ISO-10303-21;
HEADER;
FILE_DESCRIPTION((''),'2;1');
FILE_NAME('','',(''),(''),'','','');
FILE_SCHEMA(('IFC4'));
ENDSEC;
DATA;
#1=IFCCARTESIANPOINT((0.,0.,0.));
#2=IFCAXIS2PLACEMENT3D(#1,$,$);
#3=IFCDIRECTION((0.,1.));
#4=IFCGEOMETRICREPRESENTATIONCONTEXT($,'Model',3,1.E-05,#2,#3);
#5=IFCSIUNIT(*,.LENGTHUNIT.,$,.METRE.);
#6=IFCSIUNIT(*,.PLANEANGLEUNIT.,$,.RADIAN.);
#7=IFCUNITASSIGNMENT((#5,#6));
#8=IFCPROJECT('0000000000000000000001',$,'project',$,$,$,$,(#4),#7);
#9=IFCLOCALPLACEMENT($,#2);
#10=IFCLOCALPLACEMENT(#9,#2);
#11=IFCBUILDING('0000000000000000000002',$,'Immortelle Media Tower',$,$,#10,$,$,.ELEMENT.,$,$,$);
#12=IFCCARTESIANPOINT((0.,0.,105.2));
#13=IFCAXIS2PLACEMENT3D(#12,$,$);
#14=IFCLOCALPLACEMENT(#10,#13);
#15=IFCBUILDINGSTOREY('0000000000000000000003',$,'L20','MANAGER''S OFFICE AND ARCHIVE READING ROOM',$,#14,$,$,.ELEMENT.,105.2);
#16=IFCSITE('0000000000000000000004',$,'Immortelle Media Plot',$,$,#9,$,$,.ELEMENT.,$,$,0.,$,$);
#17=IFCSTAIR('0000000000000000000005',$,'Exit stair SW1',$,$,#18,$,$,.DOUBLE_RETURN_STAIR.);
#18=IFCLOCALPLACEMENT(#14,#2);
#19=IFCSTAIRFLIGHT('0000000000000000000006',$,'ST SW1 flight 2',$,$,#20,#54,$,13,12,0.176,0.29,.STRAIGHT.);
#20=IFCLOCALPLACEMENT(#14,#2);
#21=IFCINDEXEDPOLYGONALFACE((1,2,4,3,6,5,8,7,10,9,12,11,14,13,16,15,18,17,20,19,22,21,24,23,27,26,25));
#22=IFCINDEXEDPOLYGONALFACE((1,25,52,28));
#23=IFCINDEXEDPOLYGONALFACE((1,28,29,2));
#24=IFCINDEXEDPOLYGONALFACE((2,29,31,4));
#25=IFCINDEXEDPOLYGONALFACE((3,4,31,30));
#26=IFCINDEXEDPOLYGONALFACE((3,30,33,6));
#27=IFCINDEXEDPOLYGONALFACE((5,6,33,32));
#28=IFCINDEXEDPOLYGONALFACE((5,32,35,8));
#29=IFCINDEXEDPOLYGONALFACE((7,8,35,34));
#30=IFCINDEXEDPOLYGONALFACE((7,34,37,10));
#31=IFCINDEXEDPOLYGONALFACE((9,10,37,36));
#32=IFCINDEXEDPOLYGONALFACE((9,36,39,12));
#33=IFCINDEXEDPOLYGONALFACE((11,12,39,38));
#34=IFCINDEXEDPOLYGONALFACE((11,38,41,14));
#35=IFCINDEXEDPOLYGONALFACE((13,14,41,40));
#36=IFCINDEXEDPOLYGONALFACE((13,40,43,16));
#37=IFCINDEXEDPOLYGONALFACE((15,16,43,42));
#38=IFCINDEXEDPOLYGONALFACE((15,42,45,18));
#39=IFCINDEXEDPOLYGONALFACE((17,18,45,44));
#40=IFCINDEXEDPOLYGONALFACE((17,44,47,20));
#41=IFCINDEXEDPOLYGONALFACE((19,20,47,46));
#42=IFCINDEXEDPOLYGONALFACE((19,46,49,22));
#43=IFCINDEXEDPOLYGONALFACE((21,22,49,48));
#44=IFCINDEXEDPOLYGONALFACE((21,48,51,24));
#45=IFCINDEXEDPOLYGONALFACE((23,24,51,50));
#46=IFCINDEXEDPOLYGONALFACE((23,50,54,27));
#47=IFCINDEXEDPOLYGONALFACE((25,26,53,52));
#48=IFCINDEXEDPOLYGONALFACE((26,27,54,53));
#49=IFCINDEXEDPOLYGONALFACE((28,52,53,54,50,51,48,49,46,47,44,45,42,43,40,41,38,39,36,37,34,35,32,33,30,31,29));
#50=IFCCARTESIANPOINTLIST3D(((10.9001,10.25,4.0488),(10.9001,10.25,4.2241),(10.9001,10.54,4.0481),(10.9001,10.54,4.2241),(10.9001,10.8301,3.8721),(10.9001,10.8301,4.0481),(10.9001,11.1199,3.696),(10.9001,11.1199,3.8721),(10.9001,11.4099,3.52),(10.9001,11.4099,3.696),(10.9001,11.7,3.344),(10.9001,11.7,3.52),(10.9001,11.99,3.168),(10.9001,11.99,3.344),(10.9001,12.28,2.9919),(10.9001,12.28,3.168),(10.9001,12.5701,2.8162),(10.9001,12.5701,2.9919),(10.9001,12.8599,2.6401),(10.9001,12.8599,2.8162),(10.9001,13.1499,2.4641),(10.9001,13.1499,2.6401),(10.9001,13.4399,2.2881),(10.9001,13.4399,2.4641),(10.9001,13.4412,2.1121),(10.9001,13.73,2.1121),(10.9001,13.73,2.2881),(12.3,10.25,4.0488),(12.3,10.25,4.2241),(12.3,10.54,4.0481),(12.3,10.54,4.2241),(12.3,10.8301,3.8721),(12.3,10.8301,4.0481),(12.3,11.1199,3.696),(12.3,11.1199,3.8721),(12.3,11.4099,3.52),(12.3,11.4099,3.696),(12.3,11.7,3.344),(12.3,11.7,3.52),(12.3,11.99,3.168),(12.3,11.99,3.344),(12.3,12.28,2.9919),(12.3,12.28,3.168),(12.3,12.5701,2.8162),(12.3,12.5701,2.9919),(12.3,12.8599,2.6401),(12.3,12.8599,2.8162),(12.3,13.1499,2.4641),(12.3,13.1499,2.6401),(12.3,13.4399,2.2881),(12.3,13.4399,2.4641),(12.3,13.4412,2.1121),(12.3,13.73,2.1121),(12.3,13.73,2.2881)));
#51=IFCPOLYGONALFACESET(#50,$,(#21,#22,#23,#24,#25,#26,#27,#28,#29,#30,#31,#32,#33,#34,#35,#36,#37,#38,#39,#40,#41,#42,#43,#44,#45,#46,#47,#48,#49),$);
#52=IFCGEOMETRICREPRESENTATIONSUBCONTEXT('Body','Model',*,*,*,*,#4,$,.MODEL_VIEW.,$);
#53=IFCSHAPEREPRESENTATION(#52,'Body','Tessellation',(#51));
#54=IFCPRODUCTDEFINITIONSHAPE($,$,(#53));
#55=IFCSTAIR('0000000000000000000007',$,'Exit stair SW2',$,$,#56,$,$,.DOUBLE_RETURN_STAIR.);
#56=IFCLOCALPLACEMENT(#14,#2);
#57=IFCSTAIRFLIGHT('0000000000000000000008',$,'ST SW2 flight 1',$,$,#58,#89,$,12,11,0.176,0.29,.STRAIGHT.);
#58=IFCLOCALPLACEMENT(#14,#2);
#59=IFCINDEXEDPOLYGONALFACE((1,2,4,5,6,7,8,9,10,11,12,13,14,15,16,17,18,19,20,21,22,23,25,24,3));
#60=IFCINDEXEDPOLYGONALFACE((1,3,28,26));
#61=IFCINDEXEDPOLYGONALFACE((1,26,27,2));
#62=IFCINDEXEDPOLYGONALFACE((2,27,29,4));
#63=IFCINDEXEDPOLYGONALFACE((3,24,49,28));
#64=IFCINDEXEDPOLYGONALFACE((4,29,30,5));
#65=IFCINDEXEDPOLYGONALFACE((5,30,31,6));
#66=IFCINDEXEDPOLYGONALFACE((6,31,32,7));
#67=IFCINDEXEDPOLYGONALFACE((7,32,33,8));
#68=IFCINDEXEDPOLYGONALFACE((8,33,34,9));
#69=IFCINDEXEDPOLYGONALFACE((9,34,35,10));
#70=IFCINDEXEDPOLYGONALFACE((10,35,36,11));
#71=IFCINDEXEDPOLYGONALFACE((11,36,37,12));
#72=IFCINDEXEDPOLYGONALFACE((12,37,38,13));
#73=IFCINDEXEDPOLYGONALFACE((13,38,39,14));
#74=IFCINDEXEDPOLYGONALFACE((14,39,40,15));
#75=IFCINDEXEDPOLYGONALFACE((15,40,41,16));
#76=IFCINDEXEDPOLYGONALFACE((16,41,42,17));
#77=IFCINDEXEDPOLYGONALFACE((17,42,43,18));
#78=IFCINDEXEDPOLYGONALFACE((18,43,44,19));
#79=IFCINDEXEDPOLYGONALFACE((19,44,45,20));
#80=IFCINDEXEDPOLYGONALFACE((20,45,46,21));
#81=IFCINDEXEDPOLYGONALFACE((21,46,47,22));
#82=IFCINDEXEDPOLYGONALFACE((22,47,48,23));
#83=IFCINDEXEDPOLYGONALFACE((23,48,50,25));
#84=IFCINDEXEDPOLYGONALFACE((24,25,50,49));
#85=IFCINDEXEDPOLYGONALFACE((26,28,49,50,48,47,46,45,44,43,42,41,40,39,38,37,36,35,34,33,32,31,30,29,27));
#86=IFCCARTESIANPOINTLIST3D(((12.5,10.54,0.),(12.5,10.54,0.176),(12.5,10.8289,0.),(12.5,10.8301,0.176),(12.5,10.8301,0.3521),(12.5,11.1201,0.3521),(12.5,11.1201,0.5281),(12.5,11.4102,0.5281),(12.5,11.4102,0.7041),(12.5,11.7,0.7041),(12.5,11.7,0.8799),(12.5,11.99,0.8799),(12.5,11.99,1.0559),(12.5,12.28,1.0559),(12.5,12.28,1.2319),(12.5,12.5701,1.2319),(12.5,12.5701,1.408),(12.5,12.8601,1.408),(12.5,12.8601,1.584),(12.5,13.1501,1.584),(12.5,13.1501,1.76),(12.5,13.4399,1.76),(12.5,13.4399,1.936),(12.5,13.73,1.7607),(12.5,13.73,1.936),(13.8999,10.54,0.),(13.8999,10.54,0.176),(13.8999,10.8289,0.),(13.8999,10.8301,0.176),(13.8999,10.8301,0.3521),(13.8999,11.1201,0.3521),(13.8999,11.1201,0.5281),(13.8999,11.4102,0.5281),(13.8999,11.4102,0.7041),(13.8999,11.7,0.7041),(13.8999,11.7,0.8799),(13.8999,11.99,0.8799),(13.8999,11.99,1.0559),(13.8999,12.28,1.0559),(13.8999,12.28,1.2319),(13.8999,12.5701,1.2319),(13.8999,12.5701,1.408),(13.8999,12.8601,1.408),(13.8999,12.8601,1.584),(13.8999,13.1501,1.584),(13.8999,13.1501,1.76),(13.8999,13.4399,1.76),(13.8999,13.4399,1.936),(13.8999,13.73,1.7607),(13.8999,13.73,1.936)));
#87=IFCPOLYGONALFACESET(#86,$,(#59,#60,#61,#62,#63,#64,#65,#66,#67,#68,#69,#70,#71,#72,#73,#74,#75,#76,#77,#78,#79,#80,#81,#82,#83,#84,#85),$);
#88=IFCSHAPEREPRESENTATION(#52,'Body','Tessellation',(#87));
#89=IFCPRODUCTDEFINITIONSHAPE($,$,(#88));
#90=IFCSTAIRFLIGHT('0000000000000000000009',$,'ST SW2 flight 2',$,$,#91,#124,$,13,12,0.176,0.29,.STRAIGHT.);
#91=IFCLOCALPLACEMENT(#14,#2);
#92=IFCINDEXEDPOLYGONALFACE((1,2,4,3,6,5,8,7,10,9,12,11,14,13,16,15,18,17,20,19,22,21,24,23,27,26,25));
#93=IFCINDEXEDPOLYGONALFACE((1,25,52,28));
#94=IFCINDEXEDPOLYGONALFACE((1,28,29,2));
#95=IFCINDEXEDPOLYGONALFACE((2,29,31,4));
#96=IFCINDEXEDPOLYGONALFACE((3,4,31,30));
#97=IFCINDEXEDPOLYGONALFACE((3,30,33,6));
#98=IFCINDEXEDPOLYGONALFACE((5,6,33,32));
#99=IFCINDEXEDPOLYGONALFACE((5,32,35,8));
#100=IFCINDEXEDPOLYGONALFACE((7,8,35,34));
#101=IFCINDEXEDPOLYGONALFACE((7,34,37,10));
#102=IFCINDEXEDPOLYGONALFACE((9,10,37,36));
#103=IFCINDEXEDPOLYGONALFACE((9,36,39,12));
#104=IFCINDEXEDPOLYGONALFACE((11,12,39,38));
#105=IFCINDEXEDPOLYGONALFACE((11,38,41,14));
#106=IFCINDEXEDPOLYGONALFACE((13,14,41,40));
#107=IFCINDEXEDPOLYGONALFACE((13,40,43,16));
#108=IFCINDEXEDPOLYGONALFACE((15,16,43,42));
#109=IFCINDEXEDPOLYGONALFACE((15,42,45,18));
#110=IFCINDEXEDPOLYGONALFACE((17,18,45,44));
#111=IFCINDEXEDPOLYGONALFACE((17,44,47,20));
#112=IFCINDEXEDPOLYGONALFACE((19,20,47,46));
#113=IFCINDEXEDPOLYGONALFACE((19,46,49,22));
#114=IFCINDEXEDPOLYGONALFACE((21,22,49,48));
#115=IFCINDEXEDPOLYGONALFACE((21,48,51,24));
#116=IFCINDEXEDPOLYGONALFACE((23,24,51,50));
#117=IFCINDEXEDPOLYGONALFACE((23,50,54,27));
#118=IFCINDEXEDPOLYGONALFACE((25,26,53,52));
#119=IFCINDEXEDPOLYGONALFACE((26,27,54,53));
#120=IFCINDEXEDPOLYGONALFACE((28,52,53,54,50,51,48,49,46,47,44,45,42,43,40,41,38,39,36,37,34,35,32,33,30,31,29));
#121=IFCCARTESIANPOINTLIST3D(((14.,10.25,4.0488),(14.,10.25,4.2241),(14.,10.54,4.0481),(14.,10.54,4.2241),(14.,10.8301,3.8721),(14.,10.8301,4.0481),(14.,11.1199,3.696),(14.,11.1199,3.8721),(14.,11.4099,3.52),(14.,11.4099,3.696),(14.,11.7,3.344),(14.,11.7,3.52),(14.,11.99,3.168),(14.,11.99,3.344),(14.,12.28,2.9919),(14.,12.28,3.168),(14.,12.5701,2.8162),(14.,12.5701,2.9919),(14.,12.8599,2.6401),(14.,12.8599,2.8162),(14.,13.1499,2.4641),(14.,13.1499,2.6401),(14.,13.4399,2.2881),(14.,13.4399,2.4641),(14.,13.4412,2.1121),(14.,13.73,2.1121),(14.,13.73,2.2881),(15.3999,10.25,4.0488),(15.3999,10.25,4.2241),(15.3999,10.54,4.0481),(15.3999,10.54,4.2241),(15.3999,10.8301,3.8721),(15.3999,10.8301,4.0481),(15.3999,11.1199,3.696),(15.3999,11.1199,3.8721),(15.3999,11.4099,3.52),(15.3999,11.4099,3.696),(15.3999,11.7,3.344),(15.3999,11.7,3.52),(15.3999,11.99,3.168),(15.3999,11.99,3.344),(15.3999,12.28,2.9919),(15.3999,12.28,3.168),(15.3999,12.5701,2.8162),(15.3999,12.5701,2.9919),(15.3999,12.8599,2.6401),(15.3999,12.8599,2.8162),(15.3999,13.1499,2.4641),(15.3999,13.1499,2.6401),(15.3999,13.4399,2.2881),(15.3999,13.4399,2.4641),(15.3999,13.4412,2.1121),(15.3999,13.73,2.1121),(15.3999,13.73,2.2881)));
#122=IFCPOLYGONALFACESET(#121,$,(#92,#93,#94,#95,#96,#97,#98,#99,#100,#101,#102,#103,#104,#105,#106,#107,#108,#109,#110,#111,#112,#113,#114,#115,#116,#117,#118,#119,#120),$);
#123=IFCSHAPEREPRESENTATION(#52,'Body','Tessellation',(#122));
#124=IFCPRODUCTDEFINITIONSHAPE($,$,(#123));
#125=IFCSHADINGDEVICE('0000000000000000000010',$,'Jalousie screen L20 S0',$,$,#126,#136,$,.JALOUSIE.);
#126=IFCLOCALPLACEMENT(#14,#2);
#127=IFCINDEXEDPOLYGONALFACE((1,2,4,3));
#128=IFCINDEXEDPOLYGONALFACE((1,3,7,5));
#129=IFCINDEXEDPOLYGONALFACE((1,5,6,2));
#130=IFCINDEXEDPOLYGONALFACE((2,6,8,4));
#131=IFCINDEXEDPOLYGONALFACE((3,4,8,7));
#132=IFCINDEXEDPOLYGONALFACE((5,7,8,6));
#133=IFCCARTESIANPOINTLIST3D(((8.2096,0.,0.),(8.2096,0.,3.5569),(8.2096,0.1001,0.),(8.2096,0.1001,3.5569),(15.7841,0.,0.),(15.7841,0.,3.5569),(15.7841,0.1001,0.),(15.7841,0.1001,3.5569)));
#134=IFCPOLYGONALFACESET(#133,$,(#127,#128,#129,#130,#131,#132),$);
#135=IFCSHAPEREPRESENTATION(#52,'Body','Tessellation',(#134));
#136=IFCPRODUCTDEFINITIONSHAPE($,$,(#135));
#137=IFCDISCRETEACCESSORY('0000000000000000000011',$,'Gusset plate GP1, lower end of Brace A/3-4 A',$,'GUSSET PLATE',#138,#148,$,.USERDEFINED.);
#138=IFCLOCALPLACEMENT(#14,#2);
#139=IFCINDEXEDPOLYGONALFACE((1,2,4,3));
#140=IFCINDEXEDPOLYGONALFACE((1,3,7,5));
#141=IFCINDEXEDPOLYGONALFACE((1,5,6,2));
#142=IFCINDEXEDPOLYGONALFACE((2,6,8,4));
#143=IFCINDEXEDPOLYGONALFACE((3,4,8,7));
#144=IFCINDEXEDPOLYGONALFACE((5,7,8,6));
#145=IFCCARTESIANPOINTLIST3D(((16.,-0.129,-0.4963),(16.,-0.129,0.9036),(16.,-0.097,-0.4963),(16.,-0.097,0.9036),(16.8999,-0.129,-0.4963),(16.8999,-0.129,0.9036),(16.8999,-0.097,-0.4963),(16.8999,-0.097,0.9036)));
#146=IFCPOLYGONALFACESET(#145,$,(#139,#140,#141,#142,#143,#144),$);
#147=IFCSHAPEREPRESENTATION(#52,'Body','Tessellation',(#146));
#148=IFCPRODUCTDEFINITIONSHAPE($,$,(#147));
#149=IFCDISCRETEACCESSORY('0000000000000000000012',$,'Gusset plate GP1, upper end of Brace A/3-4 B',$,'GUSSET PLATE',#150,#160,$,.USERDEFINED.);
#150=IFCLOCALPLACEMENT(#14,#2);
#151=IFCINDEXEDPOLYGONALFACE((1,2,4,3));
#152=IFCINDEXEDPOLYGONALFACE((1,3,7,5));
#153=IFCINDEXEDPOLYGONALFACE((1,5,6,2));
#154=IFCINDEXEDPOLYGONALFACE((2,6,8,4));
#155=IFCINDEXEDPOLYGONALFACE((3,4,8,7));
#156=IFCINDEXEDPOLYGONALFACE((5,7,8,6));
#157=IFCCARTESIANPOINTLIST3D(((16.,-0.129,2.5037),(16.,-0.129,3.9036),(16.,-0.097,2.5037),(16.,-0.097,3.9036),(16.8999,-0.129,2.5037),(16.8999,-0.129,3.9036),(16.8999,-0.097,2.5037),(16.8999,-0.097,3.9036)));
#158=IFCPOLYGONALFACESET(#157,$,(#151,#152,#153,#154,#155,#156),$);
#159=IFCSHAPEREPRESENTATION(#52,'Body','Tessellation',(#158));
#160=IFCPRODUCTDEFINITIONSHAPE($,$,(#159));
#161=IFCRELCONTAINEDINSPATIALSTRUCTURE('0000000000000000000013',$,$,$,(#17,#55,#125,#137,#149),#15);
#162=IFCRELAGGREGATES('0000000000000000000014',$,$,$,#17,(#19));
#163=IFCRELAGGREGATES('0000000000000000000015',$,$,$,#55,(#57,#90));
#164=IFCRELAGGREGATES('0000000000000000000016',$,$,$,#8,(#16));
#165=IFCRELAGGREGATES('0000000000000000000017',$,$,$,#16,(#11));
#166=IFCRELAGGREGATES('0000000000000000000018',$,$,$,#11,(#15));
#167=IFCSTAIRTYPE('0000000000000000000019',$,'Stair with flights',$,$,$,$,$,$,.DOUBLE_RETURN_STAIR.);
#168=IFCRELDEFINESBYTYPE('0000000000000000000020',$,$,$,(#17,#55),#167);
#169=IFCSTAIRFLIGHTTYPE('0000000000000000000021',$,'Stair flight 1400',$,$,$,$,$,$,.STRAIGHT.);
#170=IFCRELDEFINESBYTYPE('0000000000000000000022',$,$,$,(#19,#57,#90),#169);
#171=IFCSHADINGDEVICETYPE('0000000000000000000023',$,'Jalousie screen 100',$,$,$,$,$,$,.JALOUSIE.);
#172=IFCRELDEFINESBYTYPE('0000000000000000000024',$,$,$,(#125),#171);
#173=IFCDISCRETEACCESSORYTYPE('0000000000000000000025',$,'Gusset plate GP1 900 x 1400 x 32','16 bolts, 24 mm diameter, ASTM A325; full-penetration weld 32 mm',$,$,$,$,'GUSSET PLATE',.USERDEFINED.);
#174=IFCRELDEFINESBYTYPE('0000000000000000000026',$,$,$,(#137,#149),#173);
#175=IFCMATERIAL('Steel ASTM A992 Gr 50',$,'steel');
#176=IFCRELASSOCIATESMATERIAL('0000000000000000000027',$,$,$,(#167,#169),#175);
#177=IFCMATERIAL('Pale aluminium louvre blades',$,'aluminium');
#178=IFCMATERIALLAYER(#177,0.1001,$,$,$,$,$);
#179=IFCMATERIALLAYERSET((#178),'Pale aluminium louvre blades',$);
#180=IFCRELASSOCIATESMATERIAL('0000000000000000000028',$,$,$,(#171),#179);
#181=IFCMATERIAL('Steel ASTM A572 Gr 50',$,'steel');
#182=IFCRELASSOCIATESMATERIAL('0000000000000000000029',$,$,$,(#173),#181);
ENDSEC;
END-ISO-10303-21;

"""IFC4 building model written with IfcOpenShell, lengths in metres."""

from ifc_helpers import new_model, si_unit, direction, frame, origin, origin_2d, place, context, subcontext, project, spatial, polyline, rectangle, outline, extrude, material, layer, layer_set, material_profile, profile_set, type_object, element, aggregate, save


model = new_model("IFC4")

# Units and contexts
model_context = context("Model", 3, precision=1e-05, world=origin(), true_north=direction((0.0, 1.0)))
body_context = subcontext(model_context, "Body", "Model", "MODEL_VIEW")
ifc_project = project(units=[si_unit("LENGTHUNIT", "METRE"), si_unit("PLANEANGLEUNIT", "RADIAN")], contexts=[model_context])

# Site, building, storey
site_placement = place(None, origin())
site = spatial("IfcSite", under=ifc_project, at=site_placement, Name="Immortelle Media Plot", CompositionType="ELEMENT", RefElevation=0.0)
building_placement = place(site_placement, origin())
building = spatial("IfcBuilding", under=site, at=building_placement, Name="Immortelle Media Tower", CompositionType="ELEMENT")
storey_placement = place(building_placement, frame((0.0, 0.0, 105.2)))
storey = spatial("IfcBuildingStorey", under=building, at=storey_placement, Name="L20", Description="MANAGER'S OFFICE AND ARCHIVE READING ROOM", CompositionType="ELEMENT", Elevation=105.2)

# Shared definitions
ifc_material_1 = material(Name="Steel ASTM A992 Gr 50", Category="steel")

# Stairs, stair flights
stair_type = type_object("IfcStairType", Name="Stair with flights", PredefinedType="DOUBLE_RETURN_STAIR", material=ifc_material_1)
stair_1_placement = place(storey_placement, origin())
stair_1 = element("IfcStair", 1, at=stair_1_placement, inside=storey, type_object=stair_type, Name="Exit stair SW1", PredefinedType="DOUBLE_RETURN_STAIR")
stair_flight_type = type_object("IfcStairFlightType", Name="Stair flight 1400", PredefinedType="STRAIGHT", material=ifc_material_1)
stair_flight_1_placement = place(storey_placement, frame((11.6001, 13.73, 2.1121), z_axis=(0.0, 0.0, 1.0), x_axis=(0.0, -1.0, 0.0)))
stair_flight_1 = element("IfcStairFlight", 2, at=stair_flight_1_placement, type_object=stair_flight_type, Name="ST SW1 flight 2", NumberOfRisers=13, NumberOfTreads=12, PredefinedType="STRAIGHT", RiserHeight=0.176, TreadLength=0.29, context=body_context, shape_type="SweptSolid", body=[
    extrude(outline(polyline([(0.0, 0.0), (0.0, 0.176), (0.29, 0.176), (0.29, 0.3521), (0.5801, 0.3521), (0.5801, 0.5281), (0.8701, 0.5281), (0.8701, 0.7041), (1.1599, 0.7041), (1.1599, 0.8799), (1.45, 0.8799), (1.45, 1.0559), (1.74, 1.0559), (1.74, 1.2319), (2.03, 1.2319), (2.03, 1.408), (2.3201, 1.408), (2.3201, 1.584), (2.6101, 1.584), (2.6101, 1.76), (2.8999, 1.76), (2.8999, 1.936), (3.1899, 1.936), (3.1899, 2.1121), (3.48, 2.1121), (3.48, 2.2881), (3.48, 1.9368), (0.2888, 0.0), (0.0, 0.0)])), frame((0.0, 0.7, 0.0), z_axis=(0.0, -1.0, 0.0), x_axis=(1.0, 0.0, 0.0)), (0.0, 0.0, 1.0), 1.3999),
])
aggregate(stair_1, [stair_flight_1])
stair_2_placement = place(storey_placement, origin())
stair_2 = element("IfcStair", 3, at=stair_2_placement, inside=storey, type_object=stair_type, Name="Exit stair SW2", PredefinedType="DOUBLE_RETURN_STAIR")
stair_flight_2_placement = place(storey_placement, frame((13.2, 10.54, 0.0), z_axis=(0.0, 0.0, 1.0), x_axis=(0.0, 1.0, 0.0)))
stair_flight_2 = element("IfcStairFlight", 4, at=stair_flight_2_placement, type_object=stair_flight_type, Name="ST SW2 flight 1", NumberOfRisers=12, NumberOfTreads=11, PredefinedType="STRAIGHT", RiserHeight=0.176, TreadLength=0.29, context=body_context, shape_type="SweptSolid", body=[
    extrude(outline(polyline([(0.0, 0.0), (0.0, 0.176), (0.29, 0.176), (0.29, 0.3521), (0.5801, 0.3521), (0.5801, 0.5281), (0.8701, 0.5281), (0.8701, 0.7041), (1.1599, 0.7041), (1.1599, 0.8799), (1.45, 0.8799), (1.45, 1.0559), (1.74, 1.0559), (1.74, 1.2319), (2.03, 1.2319), (2.03, 1.408), (2.3201, 1.408), (2.3201, 1.584), (2.6101, 1.584), (2.6101, 1.76), (2.8999, 1.76), (2.8999, 1.936), (3.1899, 1.936), (3.1899, 2.1121), (3.1899, 1.7607), (0.2888, 0.0), (0.0, 0.0)])), frame((0.0, 0.7, 0.0), z_axis=(0.0, -1.0, 0.0), x_axis=(1.0, 0.0, 0.0)), (0.0, 0.0, 1.0), 1.3999),
])
stair_flight_3_placement = place(storey_placement, frame((14.7, 13.73, 2.1121), z_axis=(0.0, 0.0, 1.0), x_axis=(0.0, -1.0, 0.0)))
stair_flight_3 = element("IfcStairFlight", 5, at=stair_flight_3_placement, type_object=stair_flight_type, Name="ST SW2 flight 2", NumberOfRisers=13, NumberOfTreads=12, PredefinedType="STRAIGHT", RiserHeight=0.176, TreadLength=0.29, context=body_context, shape_type="SweptSolid", body=[
    extrude(outline(polyline([(0.0, 0.0), (0.0, 0.176), (0.29, 0.176), (0.29, 0.3521), (0.5801, 0.3521), (0.5801, 0.5281), (0.8701, 0.5281), (0.8701, 0.7041), (1.1599, 0.7041), (1.1599, 0.8799), (1.45, 0.8799), (1.45, 1.0559), (1.74, 1.0559), (1.74, 1.2319), (2.03, 1.2319), (2.03, 1.408), (2.3201, 1.408), (2.3201, 1.584), (2.6101, 1.584), (2.6101, 1.76), (2.8999, 1.76), (2.8999, 1.936), (3.1899, 1.936), (3.1899, 2.1121), (3.48, 2.1121), (3.48, 2.2881), (3.48, 1.9368), (0.2888, 0.0), (0.0, 0.0)])), frame((0.0, 0.7, 0.0), z_axis=(0.0, -1.0, 0.0), x_axis=(1.0, 0.0, 0.0)), (0.0, 0.0, 1.0), 1.3999),
])
aggregate(stair_2, [stair_flight_2, stair_flight_3])

# Shading device
ifc_material_2 = material(Name="Pale aluminium louvre blades", Category="aluminium")
ifc_layer_1 = layer(ifc_material_2, 0.1001)
ifc_layer_set_1 = layer_set([ifc_layer_1], Name="Pale aluminium louvre blades")
shading_device_type = type_object("IfcShadingDeviceType", Name="Jalousie screen 100", PredefinedType="JALOUSIE", material=ifc_layer_set_1)
shading_device_placement = place(storey_placement, frame((11.9968, 0.05, 0.0), z_axis=(0.0, 0.0, 1.0), x_axis=(1.0, 0.0, 0.0)))
element("IfcShadingDevice", 6, at=shading_device_placement, inside=storey, type_object=shading_device_type, Name="Jalousie screen L20 S0", PredefinedType="JALOUSIE", context=body_context, shape_type="SweptSolid", body=[
    extrude(rectangle(XDim=7.5745, YDim=0.1001, at=origin_2d()), origin(), (0.0, 0.0, 1.0), 3.5569),
])

# Discrete accessories
ifc_material_3 = material(Name="Steel ASTM A572 Gr 50", Category="steel")
ifc_material_profile_1 = material_profile(ifc_material_3, rectangle(XDim=0.032, YDim=1.3999, at=origin_2d()), Name="PL 32 x 1400")
ifc_profile_set_1 = profile_set([ifc_material_profile_1], Name="Steel ASTM A572 Gr 50")
discrete_accessory_type = type_object("IfcDiscreteAccessoryType", Name="Gusset plate GP1 900 x 1400 x 32", Description="16 bolts, 24 mm diameter, ASTM A325; full-penetration weld 32 mm", ElementType="GUSSET PLATE", PredefinedType="USERDEFINED", material=ifc_profile_set_1)
for number, where, z_axis, x_axis, name in (
    (7, (16.0, -0.113, 0.2036), (1.0, 0.0, 0.0), (0.0, 1.0, 0.0), "Gusset plate GP1, lower end of Brace A/3-4 A"),
    (8, (16.0, -0.113, 3.2036), (1.0, 0.0, 0.0), (0.0, 1.0, 0.0), "Gusset plate GP1, upper end of Brace A/3-4 B"),
):
    element("IfcDiscreteAccessory", number, at=place(storey_placement, frame(where, z_axis=z_axis, x_axis=x_axis)), inside=storey, type_object=discrete_accessory_type, Name=name, ObjectType="GUSSET PLATE", PredefinedType="USERDEFINED", context=body_context, shape_type="SweptSolid", body=[
        extrude(rectangle(XDim=0.032, YDim=1.3999, at=origin_2d()), origin(), (0.0, 0.0, 1.0), 0.8999),
    ])

save(model, "model.ifc")
